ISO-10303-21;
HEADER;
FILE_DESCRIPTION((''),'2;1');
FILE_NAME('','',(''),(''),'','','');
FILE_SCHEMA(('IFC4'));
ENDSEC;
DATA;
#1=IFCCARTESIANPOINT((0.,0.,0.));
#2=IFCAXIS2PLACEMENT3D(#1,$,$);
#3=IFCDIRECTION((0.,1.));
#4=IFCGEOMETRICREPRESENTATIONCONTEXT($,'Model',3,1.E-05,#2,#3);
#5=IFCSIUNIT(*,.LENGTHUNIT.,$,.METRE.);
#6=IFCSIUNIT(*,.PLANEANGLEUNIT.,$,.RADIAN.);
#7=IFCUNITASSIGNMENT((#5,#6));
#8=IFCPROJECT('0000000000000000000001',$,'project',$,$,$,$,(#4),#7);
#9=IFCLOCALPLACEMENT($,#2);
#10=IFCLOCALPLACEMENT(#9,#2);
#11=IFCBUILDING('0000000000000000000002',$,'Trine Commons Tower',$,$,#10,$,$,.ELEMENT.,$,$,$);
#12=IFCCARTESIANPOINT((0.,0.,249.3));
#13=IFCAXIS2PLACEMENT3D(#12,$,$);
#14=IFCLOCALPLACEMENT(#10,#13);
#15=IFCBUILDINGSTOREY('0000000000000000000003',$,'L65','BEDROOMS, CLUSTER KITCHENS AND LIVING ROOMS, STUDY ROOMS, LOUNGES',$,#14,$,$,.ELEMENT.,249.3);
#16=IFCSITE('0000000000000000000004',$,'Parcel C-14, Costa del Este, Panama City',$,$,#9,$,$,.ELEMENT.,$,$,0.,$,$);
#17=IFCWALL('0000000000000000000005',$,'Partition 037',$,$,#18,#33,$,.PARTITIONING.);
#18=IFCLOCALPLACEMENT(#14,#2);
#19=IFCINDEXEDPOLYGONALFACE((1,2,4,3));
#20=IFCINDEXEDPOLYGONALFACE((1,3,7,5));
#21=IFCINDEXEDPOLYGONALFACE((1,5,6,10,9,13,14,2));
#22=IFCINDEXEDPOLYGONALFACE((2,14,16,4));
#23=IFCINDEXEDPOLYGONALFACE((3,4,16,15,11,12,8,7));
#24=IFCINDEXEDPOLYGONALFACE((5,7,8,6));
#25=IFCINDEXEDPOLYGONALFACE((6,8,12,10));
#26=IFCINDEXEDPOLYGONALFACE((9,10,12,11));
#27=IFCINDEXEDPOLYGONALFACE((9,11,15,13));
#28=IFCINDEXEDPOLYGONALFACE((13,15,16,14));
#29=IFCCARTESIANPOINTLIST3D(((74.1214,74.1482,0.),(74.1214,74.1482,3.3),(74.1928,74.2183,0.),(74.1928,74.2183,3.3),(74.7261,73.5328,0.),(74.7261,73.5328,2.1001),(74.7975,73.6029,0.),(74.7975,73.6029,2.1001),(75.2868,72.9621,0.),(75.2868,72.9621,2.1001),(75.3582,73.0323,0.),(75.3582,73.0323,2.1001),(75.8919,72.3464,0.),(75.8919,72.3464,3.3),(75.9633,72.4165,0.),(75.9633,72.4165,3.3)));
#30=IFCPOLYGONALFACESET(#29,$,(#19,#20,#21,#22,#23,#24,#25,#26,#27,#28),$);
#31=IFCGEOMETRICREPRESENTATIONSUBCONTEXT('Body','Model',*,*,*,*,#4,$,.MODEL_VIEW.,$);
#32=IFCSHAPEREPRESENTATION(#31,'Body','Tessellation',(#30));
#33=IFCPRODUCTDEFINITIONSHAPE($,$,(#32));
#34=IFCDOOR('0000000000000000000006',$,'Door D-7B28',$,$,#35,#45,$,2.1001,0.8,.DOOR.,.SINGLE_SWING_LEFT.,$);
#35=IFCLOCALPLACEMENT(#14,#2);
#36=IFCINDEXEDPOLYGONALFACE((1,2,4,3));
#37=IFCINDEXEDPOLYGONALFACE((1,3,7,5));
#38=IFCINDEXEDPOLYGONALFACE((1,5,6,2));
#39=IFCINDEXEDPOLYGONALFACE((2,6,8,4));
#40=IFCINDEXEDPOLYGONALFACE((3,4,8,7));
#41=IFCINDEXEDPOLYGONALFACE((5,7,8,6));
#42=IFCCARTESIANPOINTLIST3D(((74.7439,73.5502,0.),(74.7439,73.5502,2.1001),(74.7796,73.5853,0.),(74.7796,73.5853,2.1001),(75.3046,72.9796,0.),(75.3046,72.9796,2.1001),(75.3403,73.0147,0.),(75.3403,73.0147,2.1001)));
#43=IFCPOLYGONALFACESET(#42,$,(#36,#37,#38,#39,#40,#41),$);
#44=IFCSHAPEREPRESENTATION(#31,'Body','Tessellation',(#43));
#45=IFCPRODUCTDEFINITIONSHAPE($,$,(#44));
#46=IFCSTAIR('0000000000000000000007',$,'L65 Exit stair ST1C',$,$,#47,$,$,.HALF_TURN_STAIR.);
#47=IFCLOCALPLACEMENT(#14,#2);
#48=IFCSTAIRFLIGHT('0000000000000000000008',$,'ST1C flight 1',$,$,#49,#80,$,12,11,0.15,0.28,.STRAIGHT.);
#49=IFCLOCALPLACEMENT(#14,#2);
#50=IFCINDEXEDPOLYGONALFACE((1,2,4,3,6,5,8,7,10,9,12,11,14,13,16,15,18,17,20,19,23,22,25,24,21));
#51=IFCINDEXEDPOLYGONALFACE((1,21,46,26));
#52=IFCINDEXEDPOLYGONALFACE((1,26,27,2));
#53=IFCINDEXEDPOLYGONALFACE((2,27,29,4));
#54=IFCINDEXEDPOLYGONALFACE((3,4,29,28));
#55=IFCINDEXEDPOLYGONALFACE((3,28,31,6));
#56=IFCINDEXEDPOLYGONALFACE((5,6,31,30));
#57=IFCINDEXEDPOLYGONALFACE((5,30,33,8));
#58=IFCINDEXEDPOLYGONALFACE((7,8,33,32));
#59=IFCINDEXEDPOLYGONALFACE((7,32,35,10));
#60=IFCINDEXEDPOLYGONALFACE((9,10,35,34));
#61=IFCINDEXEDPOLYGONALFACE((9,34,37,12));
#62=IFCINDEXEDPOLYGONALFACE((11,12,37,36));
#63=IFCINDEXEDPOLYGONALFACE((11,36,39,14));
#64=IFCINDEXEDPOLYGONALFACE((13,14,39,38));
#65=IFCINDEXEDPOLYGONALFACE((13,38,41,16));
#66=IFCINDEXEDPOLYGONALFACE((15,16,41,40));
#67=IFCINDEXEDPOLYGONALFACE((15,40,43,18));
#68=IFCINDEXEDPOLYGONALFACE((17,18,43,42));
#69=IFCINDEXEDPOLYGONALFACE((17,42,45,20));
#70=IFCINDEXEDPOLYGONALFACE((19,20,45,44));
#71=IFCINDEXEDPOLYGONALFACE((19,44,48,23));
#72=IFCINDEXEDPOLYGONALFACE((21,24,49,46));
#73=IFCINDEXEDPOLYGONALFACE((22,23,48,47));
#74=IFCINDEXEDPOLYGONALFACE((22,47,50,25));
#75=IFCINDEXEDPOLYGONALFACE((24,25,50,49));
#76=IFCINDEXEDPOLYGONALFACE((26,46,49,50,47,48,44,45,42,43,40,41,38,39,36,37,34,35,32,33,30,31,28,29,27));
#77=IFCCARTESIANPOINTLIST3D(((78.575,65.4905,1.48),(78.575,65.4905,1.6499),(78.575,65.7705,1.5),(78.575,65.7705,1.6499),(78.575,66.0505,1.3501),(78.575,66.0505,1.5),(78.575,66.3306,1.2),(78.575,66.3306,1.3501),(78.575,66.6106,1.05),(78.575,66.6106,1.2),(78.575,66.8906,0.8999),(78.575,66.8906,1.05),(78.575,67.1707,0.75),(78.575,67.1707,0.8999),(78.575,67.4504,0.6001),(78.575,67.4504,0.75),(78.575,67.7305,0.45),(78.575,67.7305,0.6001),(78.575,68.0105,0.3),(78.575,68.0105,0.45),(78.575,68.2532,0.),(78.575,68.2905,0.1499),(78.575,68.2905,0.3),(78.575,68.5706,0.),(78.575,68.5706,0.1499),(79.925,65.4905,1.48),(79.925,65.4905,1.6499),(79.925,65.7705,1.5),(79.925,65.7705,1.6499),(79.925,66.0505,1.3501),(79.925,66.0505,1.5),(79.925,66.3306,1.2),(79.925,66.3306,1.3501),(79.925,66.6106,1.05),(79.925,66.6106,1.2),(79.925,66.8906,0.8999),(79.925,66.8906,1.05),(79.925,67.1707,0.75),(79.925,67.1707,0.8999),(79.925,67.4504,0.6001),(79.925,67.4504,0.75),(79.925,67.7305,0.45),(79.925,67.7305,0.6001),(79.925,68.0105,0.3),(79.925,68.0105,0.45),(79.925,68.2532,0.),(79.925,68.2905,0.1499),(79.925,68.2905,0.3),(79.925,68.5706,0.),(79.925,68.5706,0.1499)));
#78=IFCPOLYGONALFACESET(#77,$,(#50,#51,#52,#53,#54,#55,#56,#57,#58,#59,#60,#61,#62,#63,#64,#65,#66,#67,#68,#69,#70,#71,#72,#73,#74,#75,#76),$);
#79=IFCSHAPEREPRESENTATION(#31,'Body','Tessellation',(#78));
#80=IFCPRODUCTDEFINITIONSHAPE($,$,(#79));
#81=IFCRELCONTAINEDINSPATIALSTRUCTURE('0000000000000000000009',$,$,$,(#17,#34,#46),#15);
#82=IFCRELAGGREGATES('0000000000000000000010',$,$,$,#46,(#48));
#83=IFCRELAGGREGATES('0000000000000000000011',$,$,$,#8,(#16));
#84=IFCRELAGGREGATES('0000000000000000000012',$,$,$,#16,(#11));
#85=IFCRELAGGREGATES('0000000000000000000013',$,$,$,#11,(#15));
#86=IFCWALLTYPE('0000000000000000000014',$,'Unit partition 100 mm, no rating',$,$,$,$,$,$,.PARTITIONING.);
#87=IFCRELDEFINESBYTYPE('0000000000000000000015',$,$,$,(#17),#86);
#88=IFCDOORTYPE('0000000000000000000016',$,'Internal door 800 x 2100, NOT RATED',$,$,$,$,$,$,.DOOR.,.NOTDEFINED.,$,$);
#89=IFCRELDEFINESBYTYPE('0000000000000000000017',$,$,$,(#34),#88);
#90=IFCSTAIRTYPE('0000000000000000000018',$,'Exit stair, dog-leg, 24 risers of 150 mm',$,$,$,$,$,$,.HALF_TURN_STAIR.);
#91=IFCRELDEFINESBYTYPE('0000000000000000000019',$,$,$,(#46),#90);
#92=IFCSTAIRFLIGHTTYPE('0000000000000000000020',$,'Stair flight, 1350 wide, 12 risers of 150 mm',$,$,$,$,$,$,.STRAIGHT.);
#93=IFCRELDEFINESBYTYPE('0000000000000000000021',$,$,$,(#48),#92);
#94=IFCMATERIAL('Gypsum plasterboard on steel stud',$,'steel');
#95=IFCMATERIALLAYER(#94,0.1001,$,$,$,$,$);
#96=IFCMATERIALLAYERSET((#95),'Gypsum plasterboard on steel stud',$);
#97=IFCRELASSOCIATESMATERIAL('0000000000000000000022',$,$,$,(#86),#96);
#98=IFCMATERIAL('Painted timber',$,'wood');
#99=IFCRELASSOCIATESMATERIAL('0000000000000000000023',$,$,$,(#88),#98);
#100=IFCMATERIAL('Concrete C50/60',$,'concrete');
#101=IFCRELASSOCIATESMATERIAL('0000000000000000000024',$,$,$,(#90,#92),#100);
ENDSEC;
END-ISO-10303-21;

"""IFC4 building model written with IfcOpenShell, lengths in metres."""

from ifc_helpers import new_model, si_unit, direction, frame, frame_2d, origin, place, context, subcontext, project, spatial, polyline, rectangle, outline, extrude, material, layer, layer_set, type_object, element, fill, aggregate, save


model = new_model("IFC4")

# Units and contexts
model_context = context("Model", 3, precision=1e-05, world=origin(), true_north=direction((0.0, 1.0)))
body_context = subcontext(model_context, "Body", "Model", "MODEL_VIEW")
ifc_project = project(units=[si_unit("LENGTHUNIT", "METRE"), si_unit("PLANEANGLEUNIT", "RADIAN")], contexts=[model_context])

# Site, building, storey
site_placement = place(None, origin())
site = spatial("IfcSite", under=ifc_project, at=site_placement, Name="Parcel C-14, Costa del Este, Panama City", CompositionType="ELEMENT", RefElevation=0.0)
building_placement = place(site_placement, origin())
building = spatial("IfcBuilding", under=site, at=building_placement, Name="Trine Commons Tower", CompositionType="ELEMENT")
storey_placement = place(building_placement, frame((0.0, 0.0, 249.3)))
storey = spatial("IfcBuildingStorey", under=building, at=storey_placement, Name="L65", Description="BEDROOMS, CLUSTER KITCHENS AND LIVING ROOMS, STUDY ROOMS, LOUNGES", CompositionType="ELEMENT", Elevation=249.3)

# Shared definitions
ifc_material_1 = material(Name="Concrete C50/60", Category="concrete")

# Shared definitions
ifc_material_2 = material(Name="Gypsum plasterboard on steel stud", Category="steel")

# Shared definitions
ifc_material_3 = material(Name="Painted timber", Category="wood")

# Wall, opening, door
ifc_layer_1 = layer(ifc_material_2, 0.1001)
ifc_layer_set_1 = layer_set([ifc_layer_1], Name="Gypsum plasterboard on steel stud")
wall_type_1 = type_object("IfcWallType", Name="Unit partition 100 mm, no rating", PredefinedType="PARTITIONING", material=ifc_layer_set_1)
wall_1_placement = place(storey_placement, frame((74.157, 74.1833, 0.0), z_axis=(0.0, 0.0, 1.0), x_axis=(0.700894, -0.713265, 0.0)))
wall_1 = element("IfcWall", 1, at=wall_1_placement, inside=storey, type_object=wall_type_1, Name="Partition 037", PredefinedType="PARTITIONING", context=body_context, shape_type="SweptSolid", body=[
    extrude(rectangle(XDim=2.5261, YDim=0.1001, at=frame_2d((1.2632, 0.0))), origin(), (0.0, 0.0, 1.0), 3.3),
])
opening_1_placement = place(wall_1_placement, frame((0.863, 0.0, 0.0)))
opening_1 = element("IfcOpeningElement", 2, at=opening_1_placement, cuts=wall_1, PredefinedType="OPENING", context=body_context, shape_type="SweptSolid", body=[
    extrude(rectangle(XDim=0.8, YDim=2.1001, at=frame_2d((0.3999, 1.05))), frame((0.0, 0.0601, 0.0), z_axis=(0.0, -1.0, 0.0), x_axis=(1.0, 0.0, 0.0)), (0.0, 0.0, 1.0), 0.1201),
])
door_type_1 = type_object("IfcDoorType", Name="Internal door 800 x 2100, NOT RATED", OperationType="NOTDEFINED", PredefinedType="DOOR", material=ifc_material_3)
door_1_placement = place(opening_1_placement, origin())
door_1 = element("IfcDoor", 3, at=door_1_placement, inside=storey, type_object=door_type_1, Name="Door D-7B28", OperationType="SINGLE_SWING_LEFT", OverallHeight=2.1001, OverallWidth=0.8, PredefinedType="DOOR", context=body_context, shape_type="SweptSolid", body=[
    extrude(rectangle(XDim=0.8, YDim=2.1001, at=frame_2d((0.3999, 1.05))), frame((0.0, 0.0249, 0.0), z_axis=(0.0, -1.0, 0.0), x_axis=(1.0, 0.0, 0.0)), (0.0, 0.0, 1.0), 0.05),
])
fill(opening_1, door_1)

# Stair, stair flight
stair_type = type_object("IfcStairType", Name="Exit stair, dog-leg, 24 risers of 150 mm", PredefinedType="HALF_TURN_STAIR", material=ifc_material_1)
stair_placement = place(storey_placement, origin())
stair = element("IfcStair", 4, at=stair_placement, inside=storey, type_object=stair_type, Name="L65 Exit stair ST1C", PredefinedType="HALF_TURN_STAIR")
stair_flight_type = type_object("IfcStairFlightType", Name="Stair flight, 1350 wide, 12 risers of 150 mm", PredefinedType="STRAIGHT", material=ifc_material_1)
stair_flight_placement = place(storey_placement, frame((79.25, 68.5706, 0.0), z_axis=(0.0, 0.0, 1.0), x_axis=(0.0, -1.0, 0.0)))
stair_flight = element("IfcStairFlight", 5, at=stair_flight_placement, type_object=stair_flight_type, Name="ST1C flight 1", NumberOfRisers=12, NumberOfTreads=11, PredefinedType="STRAIGHT", RiserHeight=0.15, TreadLength=0.28, context=body_context, shape_type="SweptSolid", body=[
    extrude(outline(polyline([(0.0, 0.0), (0.0, 0.1499), (0.28, 0.1499), (0.28, 0.3), (0.5601, 0.3), (0.5601, 0.45), (0.8401, 0.45), (0.8401, 0.6001), (1.1201, 0.6001), (1.1201, 0.75), (1.3999, 0.75), (1.3999, 0.8999), (1.6799, 0.8999), (1.6799, 1.05), (1.96, 1.05), (1.96, 1.2), (2.24, 1.2), (2.24, 1.3501), (2.52, 1.3501), (2.52, 1.5), (2.8, 1.5), (2.8, 1.6499), (3.0801, 1.6499), (3.0801, 1.8), (3.0801, 1.48), (0.3174, 0.0), (0.0, 0.0)])), frame((0.0, 0.675, 0.0), z_axis=(0.0, -1.0, 0.0), x_axis=(1.0, 0.0, 0.0)), (0.0, 0.0, 1.0), 1.3501),
])
aggregate(stair, [stair_flight])

save(model, "model.ifc")
